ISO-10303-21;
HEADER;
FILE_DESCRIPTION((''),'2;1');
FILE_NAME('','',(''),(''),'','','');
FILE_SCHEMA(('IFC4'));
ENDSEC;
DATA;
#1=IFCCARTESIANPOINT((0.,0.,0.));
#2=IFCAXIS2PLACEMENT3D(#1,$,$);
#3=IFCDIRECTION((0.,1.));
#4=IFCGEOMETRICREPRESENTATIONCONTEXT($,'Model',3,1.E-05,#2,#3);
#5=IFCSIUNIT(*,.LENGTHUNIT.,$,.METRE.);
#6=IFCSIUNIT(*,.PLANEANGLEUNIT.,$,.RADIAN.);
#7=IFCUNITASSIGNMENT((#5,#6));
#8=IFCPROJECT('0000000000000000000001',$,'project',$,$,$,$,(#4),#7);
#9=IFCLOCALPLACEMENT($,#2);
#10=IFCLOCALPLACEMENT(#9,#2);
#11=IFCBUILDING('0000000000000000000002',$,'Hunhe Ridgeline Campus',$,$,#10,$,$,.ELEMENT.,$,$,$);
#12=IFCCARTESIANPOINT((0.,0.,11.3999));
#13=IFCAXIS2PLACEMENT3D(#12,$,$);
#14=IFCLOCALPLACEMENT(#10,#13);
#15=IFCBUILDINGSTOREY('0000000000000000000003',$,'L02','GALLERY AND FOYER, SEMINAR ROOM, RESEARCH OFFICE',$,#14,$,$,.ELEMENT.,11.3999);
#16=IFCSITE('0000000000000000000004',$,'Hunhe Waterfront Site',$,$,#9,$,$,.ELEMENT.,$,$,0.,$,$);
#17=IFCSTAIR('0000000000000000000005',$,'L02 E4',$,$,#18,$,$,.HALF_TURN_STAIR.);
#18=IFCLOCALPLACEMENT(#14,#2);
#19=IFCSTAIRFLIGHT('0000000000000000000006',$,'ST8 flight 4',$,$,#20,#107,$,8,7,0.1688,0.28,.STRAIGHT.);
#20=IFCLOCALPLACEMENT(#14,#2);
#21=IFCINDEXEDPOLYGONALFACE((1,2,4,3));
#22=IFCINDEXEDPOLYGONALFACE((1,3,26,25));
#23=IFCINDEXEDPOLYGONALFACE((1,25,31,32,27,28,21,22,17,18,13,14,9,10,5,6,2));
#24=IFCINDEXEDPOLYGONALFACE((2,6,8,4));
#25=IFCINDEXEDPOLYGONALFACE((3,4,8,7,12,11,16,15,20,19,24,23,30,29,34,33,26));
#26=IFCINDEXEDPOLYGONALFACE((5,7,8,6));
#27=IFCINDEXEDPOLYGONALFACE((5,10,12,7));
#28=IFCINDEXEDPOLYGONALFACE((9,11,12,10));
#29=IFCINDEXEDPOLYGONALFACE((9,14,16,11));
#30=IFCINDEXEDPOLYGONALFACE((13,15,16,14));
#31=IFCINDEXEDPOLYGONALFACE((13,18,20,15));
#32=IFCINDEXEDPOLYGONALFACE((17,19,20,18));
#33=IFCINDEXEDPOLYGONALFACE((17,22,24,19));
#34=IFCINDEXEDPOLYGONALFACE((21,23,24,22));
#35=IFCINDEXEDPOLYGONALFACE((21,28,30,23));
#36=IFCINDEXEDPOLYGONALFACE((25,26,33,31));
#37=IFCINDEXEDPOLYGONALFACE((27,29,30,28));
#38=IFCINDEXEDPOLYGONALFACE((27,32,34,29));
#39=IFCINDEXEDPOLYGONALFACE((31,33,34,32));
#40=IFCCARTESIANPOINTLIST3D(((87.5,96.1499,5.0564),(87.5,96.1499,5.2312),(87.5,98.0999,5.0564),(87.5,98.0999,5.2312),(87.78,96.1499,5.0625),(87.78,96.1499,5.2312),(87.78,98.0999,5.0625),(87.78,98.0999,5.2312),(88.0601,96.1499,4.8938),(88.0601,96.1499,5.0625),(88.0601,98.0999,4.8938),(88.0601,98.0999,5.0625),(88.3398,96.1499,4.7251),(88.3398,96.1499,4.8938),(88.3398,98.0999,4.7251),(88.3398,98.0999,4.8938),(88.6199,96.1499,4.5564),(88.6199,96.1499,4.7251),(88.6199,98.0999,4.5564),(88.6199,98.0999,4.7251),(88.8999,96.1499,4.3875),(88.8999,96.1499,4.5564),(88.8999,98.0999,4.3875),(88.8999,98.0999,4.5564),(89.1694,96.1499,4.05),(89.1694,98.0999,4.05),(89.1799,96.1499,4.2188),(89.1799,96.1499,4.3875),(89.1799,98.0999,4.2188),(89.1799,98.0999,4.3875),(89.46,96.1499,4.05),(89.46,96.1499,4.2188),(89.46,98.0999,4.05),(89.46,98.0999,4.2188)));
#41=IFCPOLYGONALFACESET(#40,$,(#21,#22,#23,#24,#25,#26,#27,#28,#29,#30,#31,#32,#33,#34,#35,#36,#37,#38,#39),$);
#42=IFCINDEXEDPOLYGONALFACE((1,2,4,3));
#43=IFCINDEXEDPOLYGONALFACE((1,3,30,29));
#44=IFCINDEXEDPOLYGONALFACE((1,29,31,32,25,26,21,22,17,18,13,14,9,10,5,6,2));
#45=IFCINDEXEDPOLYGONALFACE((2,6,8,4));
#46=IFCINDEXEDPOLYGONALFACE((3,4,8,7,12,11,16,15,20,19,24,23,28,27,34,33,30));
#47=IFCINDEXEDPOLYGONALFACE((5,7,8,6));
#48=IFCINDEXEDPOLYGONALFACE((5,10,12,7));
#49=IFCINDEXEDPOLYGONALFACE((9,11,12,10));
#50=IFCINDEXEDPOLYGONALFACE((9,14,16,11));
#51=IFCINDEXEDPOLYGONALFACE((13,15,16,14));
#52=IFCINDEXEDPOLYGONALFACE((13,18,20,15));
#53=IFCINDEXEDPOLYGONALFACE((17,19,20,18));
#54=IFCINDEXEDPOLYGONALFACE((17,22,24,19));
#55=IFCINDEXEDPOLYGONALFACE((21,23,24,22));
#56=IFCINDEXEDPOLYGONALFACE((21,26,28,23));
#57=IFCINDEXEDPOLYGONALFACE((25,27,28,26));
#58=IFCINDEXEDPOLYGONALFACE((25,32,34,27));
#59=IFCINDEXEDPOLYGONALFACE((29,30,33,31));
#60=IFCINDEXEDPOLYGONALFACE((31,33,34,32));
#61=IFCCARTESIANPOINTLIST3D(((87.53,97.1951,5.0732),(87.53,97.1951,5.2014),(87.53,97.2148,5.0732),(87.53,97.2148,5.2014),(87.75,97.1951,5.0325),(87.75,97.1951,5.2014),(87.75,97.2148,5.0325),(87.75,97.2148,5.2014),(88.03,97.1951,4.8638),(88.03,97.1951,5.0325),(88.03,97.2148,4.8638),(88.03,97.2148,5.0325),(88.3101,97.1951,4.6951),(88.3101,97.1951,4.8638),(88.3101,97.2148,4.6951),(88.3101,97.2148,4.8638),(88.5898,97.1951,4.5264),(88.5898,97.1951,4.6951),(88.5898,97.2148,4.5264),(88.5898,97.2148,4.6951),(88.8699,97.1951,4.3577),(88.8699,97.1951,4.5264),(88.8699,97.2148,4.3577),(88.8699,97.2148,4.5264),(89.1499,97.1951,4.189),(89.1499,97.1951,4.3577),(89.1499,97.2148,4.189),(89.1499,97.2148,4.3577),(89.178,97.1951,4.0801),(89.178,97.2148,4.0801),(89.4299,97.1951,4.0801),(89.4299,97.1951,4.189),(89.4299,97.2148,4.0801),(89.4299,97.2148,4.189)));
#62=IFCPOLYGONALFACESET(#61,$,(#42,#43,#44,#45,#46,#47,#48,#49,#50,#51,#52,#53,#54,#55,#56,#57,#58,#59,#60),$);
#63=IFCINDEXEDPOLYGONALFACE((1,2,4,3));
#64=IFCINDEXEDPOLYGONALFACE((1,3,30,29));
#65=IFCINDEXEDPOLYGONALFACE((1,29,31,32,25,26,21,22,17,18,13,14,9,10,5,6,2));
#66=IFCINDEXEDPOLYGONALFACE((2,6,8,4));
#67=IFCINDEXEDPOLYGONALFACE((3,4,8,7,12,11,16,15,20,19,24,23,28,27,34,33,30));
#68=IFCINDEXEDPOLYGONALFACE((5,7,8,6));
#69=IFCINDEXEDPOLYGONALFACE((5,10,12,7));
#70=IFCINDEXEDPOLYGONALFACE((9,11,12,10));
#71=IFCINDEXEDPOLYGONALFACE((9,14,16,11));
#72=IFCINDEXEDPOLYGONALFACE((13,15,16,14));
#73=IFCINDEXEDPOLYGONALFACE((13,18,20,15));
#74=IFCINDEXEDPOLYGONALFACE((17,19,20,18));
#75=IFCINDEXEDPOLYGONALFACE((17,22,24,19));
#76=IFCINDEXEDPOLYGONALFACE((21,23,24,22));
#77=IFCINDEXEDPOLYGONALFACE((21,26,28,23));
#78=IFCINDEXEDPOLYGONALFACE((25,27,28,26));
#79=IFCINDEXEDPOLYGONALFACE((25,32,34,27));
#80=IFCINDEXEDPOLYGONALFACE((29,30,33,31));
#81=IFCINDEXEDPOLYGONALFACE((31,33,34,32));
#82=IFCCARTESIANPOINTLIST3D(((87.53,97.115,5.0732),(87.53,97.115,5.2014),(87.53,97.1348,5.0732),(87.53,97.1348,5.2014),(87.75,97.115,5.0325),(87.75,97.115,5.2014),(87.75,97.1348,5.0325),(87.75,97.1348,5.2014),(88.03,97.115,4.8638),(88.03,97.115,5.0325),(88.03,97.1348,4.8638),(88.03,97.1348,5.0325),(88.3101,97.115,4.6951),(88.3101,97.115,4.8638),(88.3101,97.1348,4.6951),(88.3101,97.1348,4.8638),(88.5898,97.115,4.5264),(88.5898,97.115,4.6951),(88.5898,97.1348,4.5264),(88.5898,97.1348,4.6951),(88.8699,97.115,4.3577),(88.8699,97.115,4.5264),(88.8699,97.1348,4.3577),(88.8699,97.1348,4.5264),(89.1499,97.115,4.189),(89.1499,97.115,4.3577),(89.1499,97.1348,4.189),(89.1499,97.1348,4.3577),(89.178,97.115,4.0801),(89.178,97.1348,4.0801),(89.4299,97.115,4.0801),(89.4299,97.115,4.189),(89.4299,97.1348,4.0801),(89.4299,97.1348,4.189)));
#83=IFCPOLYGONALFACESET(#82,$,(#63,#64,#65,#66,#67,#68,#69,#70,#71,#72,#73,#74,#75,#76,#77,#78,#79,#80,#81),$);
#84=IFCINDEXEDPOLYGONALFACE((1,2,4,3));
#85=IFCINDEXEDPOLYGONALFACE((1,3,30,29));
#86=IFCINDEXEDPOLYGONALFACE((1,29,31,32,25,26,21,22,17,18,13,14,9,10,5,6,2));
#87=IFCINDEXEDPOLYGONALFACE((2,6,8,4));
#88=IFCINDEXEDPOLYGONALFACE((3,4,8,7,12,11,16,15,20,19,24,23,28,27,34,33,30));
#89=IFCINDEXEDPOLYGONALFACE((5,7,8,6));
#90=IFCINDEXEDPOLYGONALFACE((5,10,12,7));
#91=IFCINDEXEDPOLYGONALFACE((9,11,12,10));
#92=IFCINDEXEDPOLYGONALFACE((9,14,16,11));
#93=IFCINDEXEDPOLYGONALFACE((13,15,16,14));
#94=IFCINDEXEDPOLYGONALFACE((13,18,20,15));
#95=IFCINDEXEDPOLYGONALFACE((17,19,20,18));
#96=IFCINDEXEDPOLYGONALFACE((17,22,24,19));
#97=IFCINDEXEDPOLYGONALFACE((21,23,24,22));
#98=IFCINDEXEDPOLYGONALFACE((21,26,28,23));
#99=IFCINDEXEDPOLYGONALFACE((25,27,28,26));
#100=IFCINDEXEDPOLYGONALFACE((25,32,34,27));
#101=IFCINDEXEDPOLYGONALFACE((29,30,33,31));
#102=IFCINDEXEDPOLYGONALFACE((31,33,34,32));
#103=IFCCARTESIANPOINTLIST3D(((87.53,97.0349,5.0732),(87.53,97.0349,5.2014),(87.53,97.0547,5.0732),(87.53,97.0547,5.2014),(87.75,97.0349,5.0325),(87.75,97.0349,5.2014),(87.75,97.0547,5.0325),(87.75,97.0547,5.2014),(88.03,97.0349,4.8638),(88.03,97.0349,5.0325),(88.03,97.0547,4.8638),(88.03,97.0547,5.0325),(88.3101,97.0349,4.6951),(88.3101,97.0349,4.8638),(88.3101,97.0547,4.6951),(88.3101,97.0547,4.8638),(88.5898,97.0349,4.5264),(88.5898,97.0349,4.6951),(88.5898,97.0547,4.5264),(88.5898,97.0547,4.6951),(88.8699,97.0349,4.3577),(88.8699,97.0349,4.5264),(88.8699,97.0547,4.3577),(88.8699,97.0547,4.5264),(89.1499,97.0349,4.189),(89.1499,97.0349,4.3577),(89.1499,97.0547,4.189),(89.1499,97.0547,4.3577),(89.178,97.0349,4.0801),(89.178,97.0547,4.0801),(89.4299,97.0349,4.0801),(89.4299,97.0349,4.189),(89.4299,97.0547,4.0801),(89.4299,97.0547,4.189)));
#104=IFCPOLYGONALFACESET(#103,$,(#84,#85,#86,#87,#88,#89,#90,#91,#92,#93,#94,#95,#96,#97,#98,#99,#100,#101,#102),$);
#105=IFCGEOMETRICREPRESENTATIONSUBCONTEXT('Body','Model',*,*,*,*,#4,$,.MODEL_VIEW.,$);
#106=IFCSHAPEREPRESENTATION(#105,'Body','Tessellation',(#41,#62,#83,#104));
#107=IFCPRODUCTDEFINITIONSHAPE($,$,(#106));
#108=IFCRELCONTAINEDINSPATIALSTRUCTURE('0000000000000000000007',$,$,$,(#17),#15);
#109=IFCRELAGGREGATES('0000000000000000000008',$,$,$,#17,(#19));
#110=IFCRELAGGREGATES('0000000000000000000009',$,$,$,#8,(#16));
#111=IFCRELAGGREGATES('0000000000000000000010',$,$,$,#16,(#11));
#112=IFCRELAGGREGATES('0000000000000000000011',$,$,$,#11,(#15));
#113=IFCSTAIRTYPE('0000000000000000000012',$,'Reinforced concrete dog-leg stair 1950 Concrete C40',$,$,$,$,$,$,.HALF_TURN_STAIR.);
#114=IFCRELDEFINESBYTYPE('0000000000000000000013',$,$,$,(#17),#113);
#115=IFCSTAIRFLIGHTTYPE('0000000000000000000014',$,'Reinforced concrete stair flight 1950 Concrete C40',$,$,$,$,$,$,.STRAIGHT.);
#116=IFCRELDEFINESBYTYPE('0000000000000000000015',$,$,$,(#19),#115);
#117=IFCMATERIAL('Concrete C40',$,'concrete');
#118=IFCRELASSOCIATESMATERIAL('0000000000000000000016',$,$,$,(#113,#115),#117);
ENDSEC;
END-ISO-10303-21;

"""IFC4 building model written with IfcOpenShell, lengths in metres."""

from ifc_helpers import new_model, si_unit, direction, frame, origin, place, context, subcontext, project, spatial, polyline, outline, extrude, material, type_object, element, aggregate, save


model = new_model("IFC4")

# Units and contexts
model_context = context("Model", 3, precision=1e-05, world=origin(), true_north=direction((0.0, 1.0)))
body_context = subcontext(model_context, "Body", "Model", "MODEL_VIEW")
ifc_project = project(units=[si_unit("LENGTHUNIT", "METRE"), si_unit("PLANEANGLEUNIT", "RADIAN")], contexts=[model_context])

# Site, building, storey
site_placement = place(None, origin())
site = spatial("IfcSite", under=ifc_project, at=site_placement, Name="Hunhe Waterfront Site", CompositionType="ELEMENT", RefElevation=0.0)
building_placement = place(site_placement, origin())
building = spatial("IfcBuilding", under=site, at=building_placement, Name="Hunhe Ridgeline Campus", CompositionType="ELEMENT")
storey_placement = place(building_placement, frame((0.0, 0.0, 11.3999)))
storey = spatial("IfcBuildingStorey", under=building, at=storey_placement, Name="L02", Description="GALLERY AND FOYER, SEMINAR ROOM, RESEARCH OFFICE", CompositionType="ELEMENT", Elevation=11.3999)

# Stair, stair flight
ifc_material_1 = material(Name="Concrete C40", Category="concrete")
stair_type = type_object("IfcStairType", Name="Reinforced concrete dog-leg stair 1950 Concrete C40", PredefinedType="HALF_TURN_STAIR", material=ifc_material_1)
stair_1_placement = place(storey_placement, origin())
stair_1 = element("IfcStair", 1, at=stair_1_placement, inside=storey, type_object=stair_type, Name="L02 E4", PredefinedType="HALF_TURN_STAIR")
stair_flight_type = type_object("IfcStairFlightType", Name="Reinforced concrete stair flight 1950 Concrete C40", PredefinedType="STRAIGHT", material=ifc_material_1)
stair_flight_1_placement = place(storey_placement, frame((89.46, 97.125, 4.05), z_axis=(0.0, 0.0, 1.0), x_axis=(-1.0, 0.0, 0.0)))
stair_flight_1 = element("IfcStairFlight", 2, at=stair_flight_1_placement, type_object=stair_flight_type, Name="ST8 flight 4", NumberOfRisers=8, NumberOfTreads=7, PredefinedType="STRAIGHT", RiserHeight=0.1688, TreadLength=0.28, context=body_context, shape_type="SweptSolid", body=[
    extrude(outline(polyline([(0.0, 0.0), (0.0, 0.1687), (0.28, 0.1687), (0.28, 0.3374), (0.5601, 0.3374), (0.5601, 0.5063), (0.8401, 0.5063), (0.8401, 0.675), (1.1201, 0.675), (1.1201, 0.8438), (1.3999, 0.8438), (1.3999, 1.0125), (1.6799, 1.0125), (1.6799, 1.1812), (1.96, 1.1812), (1.96, 1.3501), (1.96, 1.0063), (0.2905, 0.0), (0.0, 0.0)])), frame((0.0, 0.9751, 0.0), z_axis=(0.0, -1.0, 0.0), x_axis=(1.0, 0.0, 0.0)), (0.0, 0.0, 1.0), 1.95),
    extrude(outline(polyline([(0.03, 0.03), (0.03, 0.1389), (0.3101, 0.1389), (0.3101, 0.3076), (0.5901, 0.3076), (0.5901, 0.4763), (0.8701, 0.4763), (0.8701, 0.645), (1.1499, 0.645), (1.1499, 0.8137), (1.4299, 0.8137), (1.4299, 0.9824), (1.71, 0.9824), (1.71, 1.1514), (1.9299, 1.1514), (1.9299, 1.0232), (0.282, 0.03), (0.03, 0.03)])), frame((0.0, -0.0701, 0.0), z_axis=(0.0, -1.0, 0.0), x_axis=(1.0, 0.0, 0.0)), (0.0, 0.0, 1.0), 0.0198),
    extrude(outline(polyline([(0.03, 0.03), (0.03, 0.1389), (0.3101, 0.1389), (0.3101, 0.3076), (0.5901, 0.3076), (0.5901, 0.4763), (0.8701, 0.4763), (0.8701, 0.645), (1.1499, 0.645), (1.1499, 0.8137), (1.4299, 0.8137), (1.4299, 0.9824), (1.71, 0.9824), (1.71, 1.1514), (1.9299, 1.1514), (1.9299, 1.0232), (0.282, 0.03), (0.03, 0.03)])), frame((0.0, 0.01, 0.0), z_axis=(0.0, -1.0, 0.0), x_axis=(1.0, 0.0, 0.0)), (0.0, 0.0, 1.0), 0.0198),
    extrude(outline(polyline([(0.03, 0.03), (0.03, 0.1389), (0.3101, 0.1389), (0.3101, 0.3076), (0.5901, 0.3076), (0.5901, 0.4763), (0.8701, 0.4763), (0.8701, 0.645), (1.1499, 0.645), (1.1499, 0.8137), (1.4299, 0.8137), (1.4299, 0.9824), (1.71, 0.9824), (1.71, 1.1514), (1.9299, 1.1514), (1.9299, 1.0232), (0.282, 0.03), (0.03, 0.03)])), frame((0.0, 0.0901, 0.0), z_axis=(0.0, -1.0, 0.0), x_axis=(1.0, 0.0, 0.0)), (0.0, 0.0, 1.0), 0.0198),
])
aggregate(stair_1, [stair_flight_1])

save(model, "model.ifc")
